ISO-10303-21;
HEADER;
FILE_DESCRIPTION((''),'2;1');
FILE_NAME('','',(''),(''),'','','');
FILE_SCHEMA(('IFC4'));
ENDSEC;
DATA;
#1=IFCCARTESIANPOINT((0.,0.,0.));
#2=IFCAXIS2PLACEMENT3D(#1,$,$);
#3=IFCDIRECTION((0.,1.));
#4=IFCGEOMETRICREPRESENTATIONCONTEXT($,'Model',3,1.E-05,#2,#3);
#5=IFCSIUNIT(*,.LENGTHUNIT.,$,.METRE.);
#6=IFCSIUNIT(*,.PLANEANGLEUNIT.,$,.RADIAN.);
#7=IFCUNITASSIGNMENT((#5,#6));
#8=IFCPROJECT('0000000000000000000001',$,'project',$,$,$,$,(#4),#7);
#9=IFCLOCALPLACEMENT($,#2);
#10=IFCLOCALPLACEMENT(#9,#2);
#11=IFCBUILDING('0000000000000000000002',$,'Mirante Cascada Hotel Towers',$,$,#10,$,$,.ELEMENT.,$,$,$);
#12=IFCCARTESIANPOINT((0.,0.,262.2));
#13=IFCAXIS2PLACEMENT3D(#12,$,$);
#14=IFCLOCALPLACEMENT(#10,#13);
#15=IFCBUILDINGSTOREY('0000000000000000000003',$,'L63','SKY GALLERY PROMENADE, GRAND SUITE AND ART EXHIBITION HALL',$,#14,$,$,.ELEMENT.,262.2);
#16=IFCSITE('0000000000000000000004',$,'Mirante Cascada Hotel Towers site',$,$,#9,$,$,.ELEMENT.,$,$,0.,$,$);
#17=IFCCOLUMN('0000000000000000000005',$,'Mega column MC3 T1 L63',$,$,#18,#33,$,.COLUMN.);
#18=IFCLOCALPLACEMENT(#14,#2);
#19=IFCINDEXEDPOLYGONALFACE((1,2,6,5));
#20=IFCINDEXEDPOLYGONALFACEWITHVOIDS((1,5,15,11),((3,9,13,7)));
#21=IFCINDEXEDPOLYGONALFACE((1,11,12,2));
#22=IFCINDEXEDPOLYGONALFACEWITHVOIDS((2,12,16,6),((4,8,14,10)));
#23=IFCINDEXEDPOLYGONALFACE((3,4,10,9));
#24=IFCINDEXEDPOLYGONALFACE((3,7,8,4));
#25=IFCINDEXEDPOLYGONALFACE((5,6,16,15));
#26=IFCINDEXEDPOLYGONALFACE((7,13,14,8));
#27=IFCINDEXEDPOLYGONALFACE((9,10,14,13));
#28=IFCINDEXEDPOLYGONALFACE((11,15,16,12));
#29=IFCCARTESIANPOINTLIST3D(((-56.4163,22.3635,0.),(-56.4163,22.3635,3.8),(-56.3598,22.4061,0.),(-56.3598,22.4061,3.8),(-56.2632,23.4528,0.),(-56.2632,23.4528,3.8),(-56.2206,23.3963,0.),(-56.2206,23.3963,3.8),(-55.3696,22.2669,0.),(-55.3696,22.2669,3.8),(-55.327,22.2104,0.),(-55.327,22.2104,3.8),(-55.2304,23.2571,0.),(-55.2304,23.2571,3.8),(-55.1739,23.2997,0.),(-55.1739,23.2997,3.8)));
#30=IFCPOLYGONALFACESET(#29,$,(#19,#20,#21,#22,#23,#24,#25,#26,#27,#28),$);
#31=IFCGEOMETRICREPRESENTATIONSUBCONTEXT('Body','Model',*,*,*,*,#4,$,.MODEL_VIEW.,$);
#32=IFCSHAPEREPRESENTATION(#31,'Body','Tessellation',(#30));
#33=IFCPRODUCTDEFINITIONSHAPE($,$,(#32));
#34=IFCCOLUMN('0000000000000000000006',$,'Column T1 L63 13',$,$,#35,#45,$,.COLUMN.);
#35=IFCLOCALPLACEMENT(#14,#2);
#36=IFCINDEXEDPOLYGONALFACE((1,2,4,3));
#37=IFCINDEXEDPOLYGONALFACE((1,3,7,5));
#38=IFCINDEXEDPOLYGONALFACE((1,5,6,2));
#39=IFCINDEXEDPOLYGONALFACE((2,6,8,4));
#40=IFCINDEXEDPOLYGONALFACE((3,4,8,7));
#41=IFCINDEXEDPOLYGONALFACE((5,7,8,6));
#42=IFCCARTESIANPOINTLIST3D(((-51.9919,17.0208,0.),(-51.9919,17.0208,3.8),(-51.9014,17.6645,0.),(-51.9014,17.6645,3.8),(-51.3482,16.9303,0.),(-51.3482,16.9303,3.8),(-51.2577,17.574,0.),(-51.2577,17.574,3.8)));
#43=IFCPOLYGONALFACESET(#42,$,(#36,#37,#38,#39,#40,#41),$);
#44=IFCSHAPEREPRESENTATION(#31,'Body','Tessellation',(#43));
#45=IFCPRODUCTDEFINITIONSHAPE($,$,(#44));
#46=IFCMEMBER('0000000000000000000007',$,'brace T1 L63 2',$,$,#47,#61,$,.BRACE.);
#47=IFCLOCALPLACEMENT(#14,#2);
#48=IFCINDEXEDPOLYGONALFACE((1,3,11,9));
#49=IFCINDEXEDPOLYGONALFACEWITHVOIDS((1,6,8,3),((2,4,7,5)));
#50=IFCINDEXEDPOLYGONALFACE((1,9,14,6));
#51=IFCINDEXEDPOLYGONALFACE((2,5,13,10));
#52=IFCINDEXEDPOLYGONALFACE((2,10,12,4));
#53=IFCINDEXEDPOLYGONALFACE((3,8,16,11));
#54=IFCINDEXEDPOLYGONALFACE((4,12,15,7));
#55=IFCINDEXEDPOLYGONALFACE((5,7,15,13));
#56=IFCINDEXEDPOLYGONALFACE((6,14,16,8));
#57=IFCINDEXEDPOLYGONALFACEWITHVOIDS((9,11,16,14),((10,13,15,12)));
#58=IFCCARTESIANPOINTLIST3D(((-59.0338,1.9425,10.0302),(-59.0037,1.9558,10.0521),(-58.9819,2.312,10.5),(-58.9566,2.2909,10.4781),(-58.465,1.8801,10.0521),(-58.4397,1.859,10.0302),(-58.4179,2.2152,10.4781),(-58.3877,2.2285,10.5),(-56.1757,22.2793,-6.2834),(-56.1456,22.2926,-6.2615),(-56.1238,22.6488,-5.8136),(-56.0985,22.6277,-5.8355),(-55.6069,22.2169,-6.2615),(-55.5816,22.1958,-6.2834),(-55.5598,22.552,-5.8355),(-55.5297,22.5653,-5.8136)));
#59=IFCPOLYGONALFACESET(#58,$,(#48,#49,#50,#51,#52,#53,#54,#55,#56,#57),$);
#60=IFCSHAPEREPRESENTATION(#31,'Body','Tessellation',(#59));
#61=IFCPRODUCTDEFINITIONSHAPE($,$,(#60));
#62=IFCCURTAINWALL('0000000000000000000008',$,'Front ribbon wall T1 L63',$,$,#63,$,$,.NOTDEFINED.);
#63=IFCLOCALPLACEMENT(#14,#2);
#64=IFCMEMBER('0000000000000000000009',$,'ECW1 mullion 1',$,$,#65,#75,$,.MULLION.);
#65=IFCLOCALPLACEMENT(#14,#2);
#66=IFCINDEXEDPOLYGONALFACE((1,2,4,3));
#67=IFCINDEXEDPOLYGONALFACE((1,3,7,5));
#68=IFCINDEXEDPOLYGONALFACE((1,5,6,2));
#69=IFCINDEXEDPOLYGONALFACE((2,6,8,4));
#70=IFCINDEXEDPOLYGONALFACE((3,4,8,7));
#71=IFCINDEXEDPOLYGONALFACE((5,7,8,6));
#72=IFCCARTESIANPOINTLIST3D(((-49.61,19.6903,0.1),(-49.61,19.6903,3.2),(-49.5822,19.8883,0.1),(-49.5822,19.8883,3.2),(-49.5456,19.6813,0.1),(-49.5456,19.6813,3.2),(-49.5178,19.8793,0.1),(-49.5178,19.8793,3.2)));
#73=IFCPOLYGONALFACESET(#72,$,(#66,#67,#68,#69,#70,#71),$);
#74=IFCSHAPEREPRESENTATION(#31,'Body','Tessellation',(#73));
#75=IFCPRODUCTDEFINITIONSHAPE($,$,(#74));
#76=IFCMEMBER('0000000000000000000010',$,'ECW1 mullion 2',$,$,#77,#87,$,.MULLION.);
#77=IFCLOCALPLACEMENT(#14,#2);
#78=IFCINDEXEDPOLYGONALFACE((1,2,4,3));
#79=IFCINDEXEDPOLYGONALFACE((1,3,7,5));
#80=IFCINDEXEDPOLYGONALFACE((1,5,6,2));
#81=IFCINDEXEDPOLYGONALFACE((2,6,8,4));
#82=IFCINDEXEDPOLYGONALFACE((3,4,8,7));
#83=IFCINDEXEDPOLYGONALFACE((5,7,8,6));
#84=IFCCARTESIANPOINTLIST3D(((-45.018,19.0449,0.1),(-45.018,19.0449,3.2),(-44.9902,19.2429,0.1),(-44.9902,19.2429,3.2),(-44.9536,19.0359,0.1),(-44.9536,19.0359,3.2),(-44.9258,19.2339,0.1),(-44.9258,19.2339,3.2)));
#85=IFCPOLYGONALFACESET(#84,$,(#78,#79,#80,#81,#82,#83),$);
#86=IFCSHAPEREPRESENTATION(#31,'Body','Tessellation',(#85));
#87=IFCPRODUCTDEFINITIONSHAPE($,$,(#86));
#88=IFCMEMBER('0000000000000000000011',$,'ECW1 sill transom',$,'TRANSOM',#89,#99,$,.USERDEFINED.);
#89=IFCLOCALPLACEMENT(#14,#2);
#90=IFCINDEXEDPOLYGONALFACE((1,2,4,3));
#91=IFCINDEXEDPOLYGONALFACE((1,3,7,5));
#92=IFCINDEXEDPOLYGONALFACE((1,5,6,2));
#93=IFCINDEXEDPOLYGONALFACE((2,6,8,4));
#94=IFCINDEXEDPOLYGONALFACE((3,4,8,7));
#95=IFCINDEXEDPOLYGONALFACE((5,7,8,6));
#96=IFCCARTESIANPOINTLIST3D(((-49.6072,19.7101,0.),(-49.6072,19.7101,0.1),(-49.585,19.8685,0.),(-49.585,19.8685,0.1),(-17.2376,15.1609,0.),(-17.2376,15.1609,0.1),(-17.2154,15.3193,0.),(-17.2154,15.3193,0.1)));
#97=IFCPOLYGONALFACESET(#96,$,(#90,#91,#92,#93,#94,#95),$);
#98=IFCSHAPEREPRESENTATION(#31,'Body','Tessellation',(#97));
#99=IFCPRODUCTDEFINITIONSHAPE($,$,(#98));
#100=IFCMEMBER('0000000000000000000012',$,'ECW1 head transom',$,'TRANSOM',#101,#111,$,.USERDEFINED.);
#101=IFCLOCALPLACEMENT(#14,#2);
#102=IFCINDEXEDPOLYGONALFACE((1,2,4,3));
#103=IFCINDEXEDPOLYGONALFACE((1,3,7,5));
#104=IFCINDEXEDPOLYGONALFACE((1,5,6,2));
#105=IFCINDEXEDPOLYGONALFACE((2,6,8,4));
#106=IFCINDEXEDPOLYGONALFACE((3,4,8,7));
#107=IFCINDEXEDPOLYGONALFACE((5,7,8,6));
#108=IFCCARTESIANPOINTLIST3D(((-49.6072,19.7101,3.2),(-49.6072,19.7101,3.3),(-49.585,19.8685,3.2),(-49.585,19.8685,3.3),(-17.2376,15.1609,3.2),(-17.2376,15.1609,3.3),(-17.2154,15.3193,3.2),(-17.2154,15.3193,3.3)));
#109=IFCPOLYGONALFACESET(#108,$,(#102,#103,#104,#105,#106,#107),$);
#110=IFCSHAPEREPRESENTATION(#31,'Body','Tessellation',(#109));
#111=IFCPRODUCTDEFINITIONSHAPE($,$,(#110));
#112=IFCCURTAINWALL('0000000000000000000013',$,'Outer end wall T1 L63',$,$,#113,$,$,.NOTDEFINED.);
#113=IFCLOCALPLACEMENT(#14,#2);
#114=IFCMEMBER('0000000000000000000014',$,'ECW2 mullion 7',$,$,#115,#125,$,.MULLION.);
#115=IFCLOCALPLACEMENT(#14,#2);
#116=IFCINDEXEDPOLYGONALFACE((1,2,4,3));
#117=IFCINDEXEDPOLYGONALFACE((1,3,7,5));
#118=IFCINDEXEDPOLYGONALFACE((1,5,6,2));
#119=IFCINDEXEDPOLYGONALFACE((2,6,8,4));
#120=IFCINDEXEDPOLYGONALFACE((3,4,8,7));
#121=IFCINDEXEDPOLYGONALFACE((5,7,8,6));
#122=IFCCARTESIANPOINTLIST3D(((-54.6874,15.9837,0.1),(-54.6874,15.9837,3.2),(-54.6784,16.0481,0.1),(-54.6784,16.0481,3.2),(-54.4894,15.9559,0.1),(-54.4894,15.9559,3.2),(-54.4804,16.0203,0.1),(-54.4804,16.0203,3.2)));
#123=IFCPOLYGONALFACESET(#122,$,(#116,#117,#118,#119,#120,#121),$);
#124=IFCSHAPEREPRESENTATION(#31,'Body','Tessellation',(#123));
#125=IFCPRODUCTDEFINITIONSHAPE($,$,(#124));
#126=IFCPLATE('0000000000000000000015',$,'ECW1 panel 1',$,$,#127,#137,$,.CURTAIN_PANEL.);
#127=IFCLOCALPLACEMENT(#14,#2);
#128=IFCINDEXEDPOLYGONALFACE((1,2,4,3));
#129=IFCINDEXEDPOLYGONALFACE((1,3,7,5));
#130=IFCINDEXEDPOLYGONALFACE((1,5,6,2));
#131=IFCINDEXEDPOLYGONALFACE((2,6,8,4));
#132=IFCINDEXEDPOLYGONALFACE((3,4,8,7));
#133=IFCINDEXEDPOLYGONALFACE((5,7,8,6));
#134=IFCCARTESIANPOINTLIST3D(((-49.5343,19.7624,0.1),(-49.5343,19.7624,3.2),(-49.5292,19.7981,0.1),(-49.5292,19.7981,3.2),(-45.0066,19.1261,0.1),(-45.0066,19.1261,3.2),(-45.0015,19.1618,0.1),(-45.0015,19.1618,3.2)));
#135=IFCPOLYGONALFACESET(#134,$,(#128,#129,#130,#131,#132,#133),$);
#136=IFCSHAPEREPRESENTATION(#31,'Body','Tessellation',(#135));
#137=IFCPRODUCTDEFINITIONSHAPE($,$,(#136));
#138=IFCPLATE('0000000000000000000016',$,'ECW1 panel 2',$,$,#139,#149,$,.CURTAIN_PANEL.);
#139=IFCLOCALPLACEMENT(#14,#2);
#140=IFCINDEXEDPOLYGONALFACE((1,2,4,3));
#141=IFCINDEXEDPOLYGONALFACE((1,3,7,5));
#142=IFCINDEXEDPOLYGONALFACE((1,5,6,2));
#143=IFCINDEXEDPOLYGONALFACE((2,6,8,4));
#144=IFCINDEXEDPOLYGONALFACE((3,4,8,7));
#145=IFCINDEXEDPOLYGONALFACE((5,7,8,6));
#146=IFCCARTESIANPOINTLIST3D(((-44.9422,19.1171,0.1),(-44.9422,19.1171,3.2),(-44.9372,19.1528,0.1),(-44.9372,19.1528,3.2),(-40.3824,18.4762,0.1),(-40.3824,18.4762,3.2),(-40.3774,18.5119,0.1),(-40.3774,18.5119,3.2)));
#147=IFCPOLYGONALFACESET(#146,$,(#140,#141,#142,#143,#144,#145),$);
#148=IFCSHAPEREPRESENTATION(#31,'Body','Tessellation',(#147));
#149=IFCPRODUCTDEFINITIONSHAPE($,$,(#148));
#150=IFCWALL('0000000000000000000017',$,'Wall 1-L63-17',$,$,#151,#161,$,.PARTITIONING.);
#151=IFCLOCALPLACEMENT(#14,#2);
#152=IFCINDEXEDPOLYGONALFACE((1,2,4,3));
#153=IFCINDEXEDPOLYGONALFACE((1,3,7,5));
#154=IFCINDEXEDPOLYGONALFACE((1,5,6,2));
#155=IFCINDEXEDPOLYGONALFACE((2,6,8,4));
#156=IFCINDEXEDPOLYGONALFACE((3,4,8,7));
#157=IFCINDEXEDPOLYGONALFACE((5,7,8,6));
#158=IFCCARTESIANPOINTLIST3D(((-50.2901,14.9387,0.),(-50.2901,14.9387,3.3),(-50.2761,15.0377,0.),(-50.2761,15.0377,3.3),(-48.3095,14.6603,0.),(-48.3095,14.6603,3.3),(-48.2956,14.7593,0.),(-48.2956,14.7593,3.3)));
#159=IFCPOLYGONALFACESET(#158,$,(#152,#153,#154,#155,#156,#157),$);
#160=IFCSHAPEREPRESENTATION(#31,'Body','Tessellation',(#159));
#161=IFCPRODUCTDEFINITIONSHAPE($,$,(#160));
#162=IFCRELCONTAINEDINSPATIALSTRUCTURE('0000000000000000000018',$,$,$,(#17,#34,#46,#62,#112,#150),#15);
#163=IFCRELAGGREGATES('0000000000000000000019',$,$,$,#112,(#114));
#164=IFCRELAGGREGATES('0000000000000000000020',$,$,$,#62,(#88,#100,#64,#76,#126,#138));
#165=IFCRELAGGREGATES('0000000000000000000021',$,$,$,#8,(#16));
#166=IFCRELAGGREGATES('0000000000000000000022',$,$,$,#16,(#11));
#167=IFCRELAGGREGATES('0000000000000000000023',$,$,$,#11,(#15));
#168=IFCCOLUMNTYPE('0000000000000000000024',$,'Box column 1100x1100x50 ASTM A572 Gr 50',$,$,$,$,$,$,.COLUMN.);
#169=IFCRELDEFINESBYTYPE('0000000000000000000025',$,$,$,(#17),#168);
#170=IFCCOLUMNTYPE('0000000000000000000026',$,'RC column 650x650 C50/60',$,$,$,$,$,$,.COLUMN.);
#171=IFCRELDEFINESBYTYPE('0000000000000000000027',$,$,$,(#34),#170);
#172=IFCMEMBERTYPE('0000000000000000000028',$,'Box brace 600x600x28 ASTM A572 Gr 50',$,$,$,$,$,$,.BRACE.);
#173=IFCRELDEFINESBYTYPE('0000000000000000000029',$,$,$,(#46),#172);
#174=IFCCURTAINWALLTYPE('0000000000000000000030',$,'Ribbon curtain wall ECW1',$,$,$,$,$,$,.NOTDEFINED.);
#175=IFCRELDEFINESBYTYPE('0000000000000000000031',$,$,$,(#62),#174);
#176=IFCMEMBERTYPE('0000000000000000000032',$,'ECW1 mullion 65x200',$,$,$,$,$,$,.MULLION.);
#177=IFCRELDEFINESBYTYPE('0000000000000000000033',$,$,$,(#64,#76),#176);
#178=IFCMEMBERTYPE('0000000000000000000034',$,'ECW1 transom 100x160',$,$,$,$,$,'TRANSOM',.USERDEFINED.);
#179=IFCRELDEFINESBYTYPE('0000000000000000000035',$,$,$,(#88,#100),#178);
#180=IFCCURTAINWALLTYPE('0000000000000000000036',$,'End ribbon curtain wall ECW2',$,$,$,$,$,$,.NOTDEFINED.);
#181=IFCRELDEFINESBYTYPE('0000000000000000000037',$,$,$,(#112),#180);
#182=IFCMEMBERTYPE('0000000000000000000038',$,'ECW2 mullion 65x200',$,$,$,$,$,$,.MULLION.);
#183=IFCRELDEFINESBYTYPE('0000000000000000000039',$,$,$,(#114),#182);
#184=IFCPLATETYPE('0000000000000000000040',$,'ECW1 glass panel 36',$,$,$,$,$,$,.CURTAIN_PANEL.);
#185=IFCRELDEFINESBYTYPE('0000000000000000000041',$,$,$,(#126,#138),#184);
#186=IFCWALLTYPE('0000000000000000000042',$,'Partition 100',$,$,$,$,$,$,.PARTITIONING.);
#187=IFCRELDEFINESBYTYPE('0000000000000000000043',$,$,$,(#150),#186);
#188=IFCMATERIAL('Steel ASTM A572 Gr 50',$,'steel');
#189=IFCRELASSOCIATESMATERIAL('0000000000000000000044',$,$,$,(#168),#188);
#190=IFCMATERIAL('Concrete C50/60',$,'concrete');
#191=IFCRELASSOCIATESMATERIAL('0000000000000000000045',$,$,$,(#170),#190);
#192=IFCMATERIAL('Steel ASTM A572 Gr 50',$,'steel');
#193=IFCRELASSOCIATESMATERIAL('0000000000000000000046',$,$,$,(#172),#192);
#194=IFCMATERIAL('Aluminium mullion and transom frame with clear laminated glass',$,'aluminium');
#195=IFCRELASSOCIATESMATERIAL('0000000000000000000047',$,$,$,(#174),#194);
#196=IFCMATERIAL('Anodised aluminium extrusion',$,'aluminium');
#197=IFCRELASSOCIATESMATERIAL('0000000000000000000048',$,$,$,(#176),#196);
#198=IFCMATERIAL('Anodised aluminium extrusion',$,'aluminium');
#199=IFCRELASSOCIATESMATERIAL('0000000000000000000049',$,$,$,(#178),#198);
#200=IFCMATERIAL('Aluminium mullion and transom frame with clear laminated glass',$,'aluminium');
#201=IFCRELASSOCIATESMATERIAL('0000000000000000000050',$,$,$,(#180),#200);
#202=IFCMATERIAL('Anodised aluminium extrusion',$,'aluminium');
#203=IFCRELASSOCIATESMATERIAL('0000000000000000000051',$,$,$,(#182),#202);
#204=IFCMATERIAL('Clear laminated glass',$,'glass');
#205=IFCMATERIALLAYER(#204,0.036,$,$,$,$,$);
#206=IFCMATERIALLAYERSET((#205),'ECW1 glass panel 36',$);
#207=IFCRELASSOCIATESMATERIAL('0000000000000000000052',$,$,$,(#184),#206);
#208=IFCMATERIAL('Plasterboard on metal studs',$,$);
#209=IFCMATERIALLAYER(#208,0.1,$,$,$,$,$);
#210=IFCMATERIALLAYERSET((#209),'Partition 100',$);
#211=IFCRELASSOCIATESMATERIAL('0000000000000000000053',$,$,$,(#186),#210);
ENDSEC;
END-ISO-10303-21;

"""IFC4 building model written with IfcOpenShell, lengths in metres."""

from ifc_helpers import new_model, si_unit, direction, frame, frame_2d, origin, origin_2d, place, context, subcontext, project, spatial, rectangle, hollow_rectangle, extrude, material, layer, layer_set, material_profile, profile_set, type_object, element, aggregate, save


model = new_model("IFC4")

# Units and contexts
model_context = context("Model", 3, precision=1e-05, world=origin(), true_north=direction((0.0, 1.0)))
body_context = subcontext(model_context, "Body", "Model", "MODEL_VIEW")
ifc_project = project(units=[si_unit("LENGTHUNIT", "METRE"), si_unit("PLANEANGLEUNIT", "RADIAN")], contexts=[model_context])

# Site, building, storey
site_placement = place(None, origin())
site = spatial("IfcSite", under=ifc_project, at=site_placement, Name="Mirante Cascada Hotel Towers site", CompositionType="ELEMENT", RefElevation=0.0)
building_placement = place(site_placement, origin())
building = spatial("IfcBuilding", under=site, at=building_placement, Name="Mirante Cascada Hotel Towers", CompositionType="ELEMENT")
storey_placement = place(building_placement, frame((0.0, 0.0, 262.2)))
storey = spatial("IfcBuildingStorey", under=building, at=storey_placement, Name="L63", Description="SKY GALLERY PROMENADE, GRAND SUITE AND ART EXHIBITION HALL", CompositionType="ELEMENT", Elevation=262.2)

# Columns
ifc_material_1 = material(Name="Steel ASTM A572 Gr 50", Category="steel")
ifc_material_profile_1 = material_profile(ifc_material_1, hollow_rectangle(XDim=1.1, YDim=1.1, WallThickness=0.05, at=origin_2d()), Name="Box column 1100x1100x50 ASTM A572 Gr 50")
ifc_profile_set_1 = profile_set([ifc_material_profile_1], Name="Steel ASTM A572 Gr 50")
column_type_1 = type_object("IfcColumnType", Name="Box column 1100x1100x50 ASTM A572 Gr 50", PredefinedType="COLUMN", material=ifc_profile_set_1)
column_1_placement = place(storey_placement, frame((-55.7951, 22.8316, 0.0), z_axis=(0.0, 0.0, 1.0), x_axis=(-0.990268, 0.139173, 0.0)))
element("IfcColumn", 1, at=column_1_placement, inside=storey, type_object=column_type_1, Name="Mega column MC3 T1 L63", PredefinedType="COLUMN", context=body_context, shape_type="SweptSolid", body=[
    extrude(hollow_rectangle(XDim=1.1, YDim=1.1, WallThickness=0.05, at=origin_2d()), origin(), (0.0, 0.0, 1.0), 3.8),
])
ifc_material_2 = material(Name="Concrete C50/60", Category="concrete")
ifc_material_profile_2 = material_profile(ifc_material_2, rectangle(XDim=0.65, YDim=0.65, at=origin_2d()), Name="RC column 650x650 C50/60")
ifc_profile_set_2 = profile_set([ifc_material_profile_2], Name="Concrete C50/60")
column_type_2 = type_object("IfcColumnType", Name="RC column 650x650 C50/60", PredefinedType="COLUMN", material=ifc_profile_set_2)
column_2_placement = place(storey_placement, frame((-51.6248, 17.2974, 0.0), z_axis=(0.0, 0.0, 1.0), x_axis=(-0.990268, 0.139173, 0.0)))
element("IfcColumn", 2, at=column_2_placement, inside=storey, type_object=column_type_2, Name="Column T1 L63 13", PredefinedType="COLUMN", context=body_context, shape_type="SweptSolid", body=[
    extrude(rectangle(XDim=0.65, YDim=0.65, at=origin_2d()), origin(), (0.0, 0.0, 1.0), 3.8),
])

# Member
ifc_material_3 = material(Name="Steel ASTM A572 Gr 50", Category="steel")
ifc_material_profile_3 = material_profile(ifc_material_3, hollow_rectangle(XDim=0.6, YDim=0.6, WallThickness=0.028, at=origin_2d()), Name="Box brace 600x600x28 ASTM A572 Gr 50")
ifc_profile_set_3 = profile_set([ifc_material_profile_3], Name="Steel ASTM A572 Gr 50")
member_type_1 = type_object("IfcMemberType", Name="Box brace 600x600x28 ASTM A572 Gr 50", PredefinedType="BRACE", material=ifc_profile_set_3)
member_1_placement = place(storey_placement, frame((-55.8527, 22.4223, -6.0485), z_axis=(-0.108973, -0.775397, 0.622001), x_axis=(0.990268, -0.139171, 0.0)))
element("IfcMember", 3, at=member_1_placement, inside=storey, type_object=member_type_1, Name="brace T1 L63 2", PredefinedType="BRACE", context=body_context, shape_type="SweptSolid", body=[
    extrude(hollow_rectangle(XDim=0.6, YDim=0.6, WallThickness=0.028, at=origin_2d()), origin(), (0.0, 0.0, 1.0), 26.2276),
])

# Curtain wall, members
ifc_material_4 = material(Name="Aluminium mullion and transom frame with clear laminated glass", Category="aluminium")
curtain_wall_type_1 = type_object("IfcCurtainWallType", Name="Ribbon curtain wall ECW1", PredefinedType="NOTDEFINED", material=ifc_material_4)
curtain_wall_1_placement = place(storey_placement, origin())
curtain_wall_1 = element("IfcCurtainWall", 4, at=curtain_wall_1_placement, inside=storey, type_object=curtain_wall_type_1, Name="Front ribbon wall T1 L63", PredefinedType="NOTDEFINED")
ifc_material_5 = material(Name="Anodised aluminium extrusion", Category="aluminium")
ifc_material_profile_4 = material_profile(ifc_material_5, rectangle(XDim=0.2, YDim=0.065, at=origin_2d()), Name="ECW1 MULLION 65x200")
ifc_profile_set_4 = profile_set([ifc_material_profile_4], Name="Anodised aluminium extrusion")
member_type_2 = type_object("IfcMemberType", Name="ECW1 mullion 65x200", PredefinedType="MULLION", material=ifc_profile_set_4)
member_2_placement = place(storey_placement, frame((-49.5639, 19.7848, 0.1), z_axis=(0.0, 0.0, 1.0), x_axis=(0.139173, 0.990268, 0.0)))
member_2 = element("IfcMember", 5, at=member_2_placement, type_object=member_type_2, Name="ECW1 mullion 1", PredefinedType="MULLION", context=body_context, shape_type="SweptSolid", body=[
    extrude(rectangle(XDim=0.2, YDim=0.065, at=origin_2d()), origin(), (0.0, 0.0, 1.0), 3.1),
])
member_3_placement = place(storey_placement, frame((-44.9719, 19.1394, 0.1), z_axis=(0.0, 0.0, 1.0), x_axis=(0.139173, 0.990268, 0.0)))
member_3 = element("IfcMember", 6, at=member_3_placement, type_object=member_type_2, Name="ECW1 mullion 2", PredefinedType="MULLION", context=body_context, shape_type="SweptSolid", body=[
    extrude(rectangle(XDim=0.2, YDim=0.065, at=origin_2d()), origin(), (0.0, 0.0, 1.0), 3.1),
])
ifc_material_6 = material(Name="Anodised aluminium extrusion", Category="aluminium")
ifc_material_profile_5 = material_profile(ifc_material_6, rectangle(XDim=0.16, YDim=0.1, at=origin_2d()), Name="ECW1 TRANSOM 100x160")
ifc_profile_set_5 = profile_set([ifc_material_profile_5], Name="Anodised aluminium extrusion")
member_type_3 = type_object("IfcMemberType", Name="ECW1 transom 100x160", ElementType="TRANSOM", PredefinedType="USERDEFINED", material=ifc_profile_set_5)
member_4_placement = place(storey_placement, frame((-49.5961, 19.7893, 0.05), z_axis=(0.990268, -0.139172, 0.0), x_axis=(0.139172, 0.990268, 0.0)))
member_4 = element("IfcMember", 7, at=member_4_placement, type_object=member_type_3, Name="ECW1 sill transom", ObjectType="TRANSOM", PredefinedType="USERDEFINED", context=body_context, shape_type="SweptSolid", body=[
    extrude(rectangle(XDim=0.16, YDim=0.1, at=origin_2d()), origin(), (0.0, 0.0, 1.0), 32.6877),
])
member_5_placement = place(storey_placement, frame((-49.5961, 19.7893, 3.25), z_axis=(0.990268, -0.139172, 0.0), x_axis=(0.139172, 0.990268, 0.0)))
member_5 = element("IfcMember", 8, at=member_5_placement, type_object=member_type_3, Name="ECW1 head transom", ObjectType="TRANSOM", PredefinedType="USERDEFINED", context=body_context, shape_type="SweptSolid", body=[
    extrude(rectangle(XDim=0.16, YDim=0.1, at=origin_2d()), origin(), (0.0, 0.0, 1.0), 32.6877),
])

# Curtain wall, member
ifc_material_7 = material(Name="Aluminium mullion and transom frame with clear laminated glass", Category="aluminium")
curtain_wall_type_2 = type_object("IfcCurtainWallType", Name="End ribbon curtain wall ECW2", PredefinedType="NOTDEFINED", material=ifc_material_7)
curtain_wall_2_placement = place(storey_placement, origin())
curtain_wall_2 = element("IfcCurtainWall", 9, at=curtain_wall_2_placement, inside=storey, type_object=curtain_wall_type_2, Name="Outer end wall T1 L63", PredefinedType="NOTDEFINED")
ifc_material_8 = material(Name="Anodised aluminium extrusion", Category="aluminium")
ifc_material_profile_6 = material_profile(ifc_material_8, rectangle(XDim=0.2, YDim=0.065, at=origin_2d()), Name="ECW2 MULLION 65x200")
ifc_profile_set_6 = profile_set([ifc_material_profile_6], Name="Anodised aluminium extrusion")
member_type_4 = type_object("IfcMemberType", Name="ECW2 mullion 65x200", PredefinedType="MULLION", material=ifc_profile_set_6)
member_6_placement = place(storey_placement, frame((-54.5839, 16.002, 0.1), z_axis=(0.0, 0.0, 1.0), x_axis=(-0.990268, 0.139173, 0.0)))
member_6 = element("IfcMember", 10, at=member_6_placement, type_object=member_type_4, Name="ECW2 mullion 7", PredefinedType="MULLION", context=body_context, shape_type="SweptSolid", body=[
    extrude(rectangle(XDim=0.2, YDim=0.065, at=origin_2d()), origin(), (0.0, 0.0, 1.0), 3.1),
])
aggregate(curtain_wall_2, [member_6])

# Plates
ifc_material_9 = material(Name="Clear laminated glass", Category="glass")
ifc_layer_1 = layer(ifc_material_9, 0.036)
ifc_layer_set_1 = layer_set([ifc_layer_1], Name="ECW1 glass panel 36")
plate_type = type_object("IfcPlateType", Name="ECW1 glass panel 36", PredefinedType="CURTAIN_PANEL", material=ifc_layer_set_1)
plate_1_placement = place(storey_placement, frame((-47.2679, 19.4621, 0.1), z_axis=(0.0, 0.0, 1.0), x_axis=(0.990268, -0.139173, 0.0)))
plate_1 = element("IfcPlate", 11, at=plate_1_placement, type_object=plate_type, Name="ECW1 panel 1", PredefinedType="CURTAIN_PANEL", context=body_context, shape_type="SweptSolid", body=[
    extrude(rectangle(XDim=4.5722, YDim=0.036, at=origin_2d()), origin(), (0.0, 0.0, 1.0), 3.1),
])
plate_2_placement = place(storey_placement, frame((-42.6598, 18.8145, 0.1), z_axis=(0.0, 0.0, 1.0), x_axis=(0.990268, -0.139173, 0.0)))
plate_2 = element("IfcPlate", 12, at=plate_2_placement, type_object=plate_type, Name="ECW1 panel 2", PredefinedType="CURTAIN_PANEL", context=body_context, shape_type="SweptSolid", body=[
    extrude(rectangle(XDim=4.6047, YDim=0.036, at=origin_2d()), origin(), (0.0, 0.0, 1.0), 3.1),
])
aggregate(curtain_wall_1, [member_4, member_5, member_2, member_3, plate_1, plate_2])

# Wall
ifc_material_10 = material(Name="Plasterboard on metal studs")
ifc_layer_2 = layer(ifc_material_10, 0.1)
ifc_layer_set_2 = layer_set([ifc_layer_2], Name="Partition 100")
wall_type_1 = type_object("IfcWallType", Name="Partition 100", PredefinedType="PARTITIONING", material=ifc_layer_set_2)
wall_1_placement = place(storey_placement, frame((-50.2831, 14.9882, 0.0), z_axis=(0.0, 0.0, 1.0), x_axis=(0.990264, -0.139202, 0.0)))
element("IfcWall", 13, at=wall_1_placement, inside=storey, type_object=wall_type_1, Name="Wall 1-L63-17", PredefinedType="PARTITIONING", context=body_context, shape_type="SweptSolid", body=[
    extrude(rectangle(XDim=2.0, YDim=0.1, at=frame_2d((1.0, 0.0))), origin(), (0.0, 0.0, 1.0), 3.3),
])

save(model, "model.ifc")
